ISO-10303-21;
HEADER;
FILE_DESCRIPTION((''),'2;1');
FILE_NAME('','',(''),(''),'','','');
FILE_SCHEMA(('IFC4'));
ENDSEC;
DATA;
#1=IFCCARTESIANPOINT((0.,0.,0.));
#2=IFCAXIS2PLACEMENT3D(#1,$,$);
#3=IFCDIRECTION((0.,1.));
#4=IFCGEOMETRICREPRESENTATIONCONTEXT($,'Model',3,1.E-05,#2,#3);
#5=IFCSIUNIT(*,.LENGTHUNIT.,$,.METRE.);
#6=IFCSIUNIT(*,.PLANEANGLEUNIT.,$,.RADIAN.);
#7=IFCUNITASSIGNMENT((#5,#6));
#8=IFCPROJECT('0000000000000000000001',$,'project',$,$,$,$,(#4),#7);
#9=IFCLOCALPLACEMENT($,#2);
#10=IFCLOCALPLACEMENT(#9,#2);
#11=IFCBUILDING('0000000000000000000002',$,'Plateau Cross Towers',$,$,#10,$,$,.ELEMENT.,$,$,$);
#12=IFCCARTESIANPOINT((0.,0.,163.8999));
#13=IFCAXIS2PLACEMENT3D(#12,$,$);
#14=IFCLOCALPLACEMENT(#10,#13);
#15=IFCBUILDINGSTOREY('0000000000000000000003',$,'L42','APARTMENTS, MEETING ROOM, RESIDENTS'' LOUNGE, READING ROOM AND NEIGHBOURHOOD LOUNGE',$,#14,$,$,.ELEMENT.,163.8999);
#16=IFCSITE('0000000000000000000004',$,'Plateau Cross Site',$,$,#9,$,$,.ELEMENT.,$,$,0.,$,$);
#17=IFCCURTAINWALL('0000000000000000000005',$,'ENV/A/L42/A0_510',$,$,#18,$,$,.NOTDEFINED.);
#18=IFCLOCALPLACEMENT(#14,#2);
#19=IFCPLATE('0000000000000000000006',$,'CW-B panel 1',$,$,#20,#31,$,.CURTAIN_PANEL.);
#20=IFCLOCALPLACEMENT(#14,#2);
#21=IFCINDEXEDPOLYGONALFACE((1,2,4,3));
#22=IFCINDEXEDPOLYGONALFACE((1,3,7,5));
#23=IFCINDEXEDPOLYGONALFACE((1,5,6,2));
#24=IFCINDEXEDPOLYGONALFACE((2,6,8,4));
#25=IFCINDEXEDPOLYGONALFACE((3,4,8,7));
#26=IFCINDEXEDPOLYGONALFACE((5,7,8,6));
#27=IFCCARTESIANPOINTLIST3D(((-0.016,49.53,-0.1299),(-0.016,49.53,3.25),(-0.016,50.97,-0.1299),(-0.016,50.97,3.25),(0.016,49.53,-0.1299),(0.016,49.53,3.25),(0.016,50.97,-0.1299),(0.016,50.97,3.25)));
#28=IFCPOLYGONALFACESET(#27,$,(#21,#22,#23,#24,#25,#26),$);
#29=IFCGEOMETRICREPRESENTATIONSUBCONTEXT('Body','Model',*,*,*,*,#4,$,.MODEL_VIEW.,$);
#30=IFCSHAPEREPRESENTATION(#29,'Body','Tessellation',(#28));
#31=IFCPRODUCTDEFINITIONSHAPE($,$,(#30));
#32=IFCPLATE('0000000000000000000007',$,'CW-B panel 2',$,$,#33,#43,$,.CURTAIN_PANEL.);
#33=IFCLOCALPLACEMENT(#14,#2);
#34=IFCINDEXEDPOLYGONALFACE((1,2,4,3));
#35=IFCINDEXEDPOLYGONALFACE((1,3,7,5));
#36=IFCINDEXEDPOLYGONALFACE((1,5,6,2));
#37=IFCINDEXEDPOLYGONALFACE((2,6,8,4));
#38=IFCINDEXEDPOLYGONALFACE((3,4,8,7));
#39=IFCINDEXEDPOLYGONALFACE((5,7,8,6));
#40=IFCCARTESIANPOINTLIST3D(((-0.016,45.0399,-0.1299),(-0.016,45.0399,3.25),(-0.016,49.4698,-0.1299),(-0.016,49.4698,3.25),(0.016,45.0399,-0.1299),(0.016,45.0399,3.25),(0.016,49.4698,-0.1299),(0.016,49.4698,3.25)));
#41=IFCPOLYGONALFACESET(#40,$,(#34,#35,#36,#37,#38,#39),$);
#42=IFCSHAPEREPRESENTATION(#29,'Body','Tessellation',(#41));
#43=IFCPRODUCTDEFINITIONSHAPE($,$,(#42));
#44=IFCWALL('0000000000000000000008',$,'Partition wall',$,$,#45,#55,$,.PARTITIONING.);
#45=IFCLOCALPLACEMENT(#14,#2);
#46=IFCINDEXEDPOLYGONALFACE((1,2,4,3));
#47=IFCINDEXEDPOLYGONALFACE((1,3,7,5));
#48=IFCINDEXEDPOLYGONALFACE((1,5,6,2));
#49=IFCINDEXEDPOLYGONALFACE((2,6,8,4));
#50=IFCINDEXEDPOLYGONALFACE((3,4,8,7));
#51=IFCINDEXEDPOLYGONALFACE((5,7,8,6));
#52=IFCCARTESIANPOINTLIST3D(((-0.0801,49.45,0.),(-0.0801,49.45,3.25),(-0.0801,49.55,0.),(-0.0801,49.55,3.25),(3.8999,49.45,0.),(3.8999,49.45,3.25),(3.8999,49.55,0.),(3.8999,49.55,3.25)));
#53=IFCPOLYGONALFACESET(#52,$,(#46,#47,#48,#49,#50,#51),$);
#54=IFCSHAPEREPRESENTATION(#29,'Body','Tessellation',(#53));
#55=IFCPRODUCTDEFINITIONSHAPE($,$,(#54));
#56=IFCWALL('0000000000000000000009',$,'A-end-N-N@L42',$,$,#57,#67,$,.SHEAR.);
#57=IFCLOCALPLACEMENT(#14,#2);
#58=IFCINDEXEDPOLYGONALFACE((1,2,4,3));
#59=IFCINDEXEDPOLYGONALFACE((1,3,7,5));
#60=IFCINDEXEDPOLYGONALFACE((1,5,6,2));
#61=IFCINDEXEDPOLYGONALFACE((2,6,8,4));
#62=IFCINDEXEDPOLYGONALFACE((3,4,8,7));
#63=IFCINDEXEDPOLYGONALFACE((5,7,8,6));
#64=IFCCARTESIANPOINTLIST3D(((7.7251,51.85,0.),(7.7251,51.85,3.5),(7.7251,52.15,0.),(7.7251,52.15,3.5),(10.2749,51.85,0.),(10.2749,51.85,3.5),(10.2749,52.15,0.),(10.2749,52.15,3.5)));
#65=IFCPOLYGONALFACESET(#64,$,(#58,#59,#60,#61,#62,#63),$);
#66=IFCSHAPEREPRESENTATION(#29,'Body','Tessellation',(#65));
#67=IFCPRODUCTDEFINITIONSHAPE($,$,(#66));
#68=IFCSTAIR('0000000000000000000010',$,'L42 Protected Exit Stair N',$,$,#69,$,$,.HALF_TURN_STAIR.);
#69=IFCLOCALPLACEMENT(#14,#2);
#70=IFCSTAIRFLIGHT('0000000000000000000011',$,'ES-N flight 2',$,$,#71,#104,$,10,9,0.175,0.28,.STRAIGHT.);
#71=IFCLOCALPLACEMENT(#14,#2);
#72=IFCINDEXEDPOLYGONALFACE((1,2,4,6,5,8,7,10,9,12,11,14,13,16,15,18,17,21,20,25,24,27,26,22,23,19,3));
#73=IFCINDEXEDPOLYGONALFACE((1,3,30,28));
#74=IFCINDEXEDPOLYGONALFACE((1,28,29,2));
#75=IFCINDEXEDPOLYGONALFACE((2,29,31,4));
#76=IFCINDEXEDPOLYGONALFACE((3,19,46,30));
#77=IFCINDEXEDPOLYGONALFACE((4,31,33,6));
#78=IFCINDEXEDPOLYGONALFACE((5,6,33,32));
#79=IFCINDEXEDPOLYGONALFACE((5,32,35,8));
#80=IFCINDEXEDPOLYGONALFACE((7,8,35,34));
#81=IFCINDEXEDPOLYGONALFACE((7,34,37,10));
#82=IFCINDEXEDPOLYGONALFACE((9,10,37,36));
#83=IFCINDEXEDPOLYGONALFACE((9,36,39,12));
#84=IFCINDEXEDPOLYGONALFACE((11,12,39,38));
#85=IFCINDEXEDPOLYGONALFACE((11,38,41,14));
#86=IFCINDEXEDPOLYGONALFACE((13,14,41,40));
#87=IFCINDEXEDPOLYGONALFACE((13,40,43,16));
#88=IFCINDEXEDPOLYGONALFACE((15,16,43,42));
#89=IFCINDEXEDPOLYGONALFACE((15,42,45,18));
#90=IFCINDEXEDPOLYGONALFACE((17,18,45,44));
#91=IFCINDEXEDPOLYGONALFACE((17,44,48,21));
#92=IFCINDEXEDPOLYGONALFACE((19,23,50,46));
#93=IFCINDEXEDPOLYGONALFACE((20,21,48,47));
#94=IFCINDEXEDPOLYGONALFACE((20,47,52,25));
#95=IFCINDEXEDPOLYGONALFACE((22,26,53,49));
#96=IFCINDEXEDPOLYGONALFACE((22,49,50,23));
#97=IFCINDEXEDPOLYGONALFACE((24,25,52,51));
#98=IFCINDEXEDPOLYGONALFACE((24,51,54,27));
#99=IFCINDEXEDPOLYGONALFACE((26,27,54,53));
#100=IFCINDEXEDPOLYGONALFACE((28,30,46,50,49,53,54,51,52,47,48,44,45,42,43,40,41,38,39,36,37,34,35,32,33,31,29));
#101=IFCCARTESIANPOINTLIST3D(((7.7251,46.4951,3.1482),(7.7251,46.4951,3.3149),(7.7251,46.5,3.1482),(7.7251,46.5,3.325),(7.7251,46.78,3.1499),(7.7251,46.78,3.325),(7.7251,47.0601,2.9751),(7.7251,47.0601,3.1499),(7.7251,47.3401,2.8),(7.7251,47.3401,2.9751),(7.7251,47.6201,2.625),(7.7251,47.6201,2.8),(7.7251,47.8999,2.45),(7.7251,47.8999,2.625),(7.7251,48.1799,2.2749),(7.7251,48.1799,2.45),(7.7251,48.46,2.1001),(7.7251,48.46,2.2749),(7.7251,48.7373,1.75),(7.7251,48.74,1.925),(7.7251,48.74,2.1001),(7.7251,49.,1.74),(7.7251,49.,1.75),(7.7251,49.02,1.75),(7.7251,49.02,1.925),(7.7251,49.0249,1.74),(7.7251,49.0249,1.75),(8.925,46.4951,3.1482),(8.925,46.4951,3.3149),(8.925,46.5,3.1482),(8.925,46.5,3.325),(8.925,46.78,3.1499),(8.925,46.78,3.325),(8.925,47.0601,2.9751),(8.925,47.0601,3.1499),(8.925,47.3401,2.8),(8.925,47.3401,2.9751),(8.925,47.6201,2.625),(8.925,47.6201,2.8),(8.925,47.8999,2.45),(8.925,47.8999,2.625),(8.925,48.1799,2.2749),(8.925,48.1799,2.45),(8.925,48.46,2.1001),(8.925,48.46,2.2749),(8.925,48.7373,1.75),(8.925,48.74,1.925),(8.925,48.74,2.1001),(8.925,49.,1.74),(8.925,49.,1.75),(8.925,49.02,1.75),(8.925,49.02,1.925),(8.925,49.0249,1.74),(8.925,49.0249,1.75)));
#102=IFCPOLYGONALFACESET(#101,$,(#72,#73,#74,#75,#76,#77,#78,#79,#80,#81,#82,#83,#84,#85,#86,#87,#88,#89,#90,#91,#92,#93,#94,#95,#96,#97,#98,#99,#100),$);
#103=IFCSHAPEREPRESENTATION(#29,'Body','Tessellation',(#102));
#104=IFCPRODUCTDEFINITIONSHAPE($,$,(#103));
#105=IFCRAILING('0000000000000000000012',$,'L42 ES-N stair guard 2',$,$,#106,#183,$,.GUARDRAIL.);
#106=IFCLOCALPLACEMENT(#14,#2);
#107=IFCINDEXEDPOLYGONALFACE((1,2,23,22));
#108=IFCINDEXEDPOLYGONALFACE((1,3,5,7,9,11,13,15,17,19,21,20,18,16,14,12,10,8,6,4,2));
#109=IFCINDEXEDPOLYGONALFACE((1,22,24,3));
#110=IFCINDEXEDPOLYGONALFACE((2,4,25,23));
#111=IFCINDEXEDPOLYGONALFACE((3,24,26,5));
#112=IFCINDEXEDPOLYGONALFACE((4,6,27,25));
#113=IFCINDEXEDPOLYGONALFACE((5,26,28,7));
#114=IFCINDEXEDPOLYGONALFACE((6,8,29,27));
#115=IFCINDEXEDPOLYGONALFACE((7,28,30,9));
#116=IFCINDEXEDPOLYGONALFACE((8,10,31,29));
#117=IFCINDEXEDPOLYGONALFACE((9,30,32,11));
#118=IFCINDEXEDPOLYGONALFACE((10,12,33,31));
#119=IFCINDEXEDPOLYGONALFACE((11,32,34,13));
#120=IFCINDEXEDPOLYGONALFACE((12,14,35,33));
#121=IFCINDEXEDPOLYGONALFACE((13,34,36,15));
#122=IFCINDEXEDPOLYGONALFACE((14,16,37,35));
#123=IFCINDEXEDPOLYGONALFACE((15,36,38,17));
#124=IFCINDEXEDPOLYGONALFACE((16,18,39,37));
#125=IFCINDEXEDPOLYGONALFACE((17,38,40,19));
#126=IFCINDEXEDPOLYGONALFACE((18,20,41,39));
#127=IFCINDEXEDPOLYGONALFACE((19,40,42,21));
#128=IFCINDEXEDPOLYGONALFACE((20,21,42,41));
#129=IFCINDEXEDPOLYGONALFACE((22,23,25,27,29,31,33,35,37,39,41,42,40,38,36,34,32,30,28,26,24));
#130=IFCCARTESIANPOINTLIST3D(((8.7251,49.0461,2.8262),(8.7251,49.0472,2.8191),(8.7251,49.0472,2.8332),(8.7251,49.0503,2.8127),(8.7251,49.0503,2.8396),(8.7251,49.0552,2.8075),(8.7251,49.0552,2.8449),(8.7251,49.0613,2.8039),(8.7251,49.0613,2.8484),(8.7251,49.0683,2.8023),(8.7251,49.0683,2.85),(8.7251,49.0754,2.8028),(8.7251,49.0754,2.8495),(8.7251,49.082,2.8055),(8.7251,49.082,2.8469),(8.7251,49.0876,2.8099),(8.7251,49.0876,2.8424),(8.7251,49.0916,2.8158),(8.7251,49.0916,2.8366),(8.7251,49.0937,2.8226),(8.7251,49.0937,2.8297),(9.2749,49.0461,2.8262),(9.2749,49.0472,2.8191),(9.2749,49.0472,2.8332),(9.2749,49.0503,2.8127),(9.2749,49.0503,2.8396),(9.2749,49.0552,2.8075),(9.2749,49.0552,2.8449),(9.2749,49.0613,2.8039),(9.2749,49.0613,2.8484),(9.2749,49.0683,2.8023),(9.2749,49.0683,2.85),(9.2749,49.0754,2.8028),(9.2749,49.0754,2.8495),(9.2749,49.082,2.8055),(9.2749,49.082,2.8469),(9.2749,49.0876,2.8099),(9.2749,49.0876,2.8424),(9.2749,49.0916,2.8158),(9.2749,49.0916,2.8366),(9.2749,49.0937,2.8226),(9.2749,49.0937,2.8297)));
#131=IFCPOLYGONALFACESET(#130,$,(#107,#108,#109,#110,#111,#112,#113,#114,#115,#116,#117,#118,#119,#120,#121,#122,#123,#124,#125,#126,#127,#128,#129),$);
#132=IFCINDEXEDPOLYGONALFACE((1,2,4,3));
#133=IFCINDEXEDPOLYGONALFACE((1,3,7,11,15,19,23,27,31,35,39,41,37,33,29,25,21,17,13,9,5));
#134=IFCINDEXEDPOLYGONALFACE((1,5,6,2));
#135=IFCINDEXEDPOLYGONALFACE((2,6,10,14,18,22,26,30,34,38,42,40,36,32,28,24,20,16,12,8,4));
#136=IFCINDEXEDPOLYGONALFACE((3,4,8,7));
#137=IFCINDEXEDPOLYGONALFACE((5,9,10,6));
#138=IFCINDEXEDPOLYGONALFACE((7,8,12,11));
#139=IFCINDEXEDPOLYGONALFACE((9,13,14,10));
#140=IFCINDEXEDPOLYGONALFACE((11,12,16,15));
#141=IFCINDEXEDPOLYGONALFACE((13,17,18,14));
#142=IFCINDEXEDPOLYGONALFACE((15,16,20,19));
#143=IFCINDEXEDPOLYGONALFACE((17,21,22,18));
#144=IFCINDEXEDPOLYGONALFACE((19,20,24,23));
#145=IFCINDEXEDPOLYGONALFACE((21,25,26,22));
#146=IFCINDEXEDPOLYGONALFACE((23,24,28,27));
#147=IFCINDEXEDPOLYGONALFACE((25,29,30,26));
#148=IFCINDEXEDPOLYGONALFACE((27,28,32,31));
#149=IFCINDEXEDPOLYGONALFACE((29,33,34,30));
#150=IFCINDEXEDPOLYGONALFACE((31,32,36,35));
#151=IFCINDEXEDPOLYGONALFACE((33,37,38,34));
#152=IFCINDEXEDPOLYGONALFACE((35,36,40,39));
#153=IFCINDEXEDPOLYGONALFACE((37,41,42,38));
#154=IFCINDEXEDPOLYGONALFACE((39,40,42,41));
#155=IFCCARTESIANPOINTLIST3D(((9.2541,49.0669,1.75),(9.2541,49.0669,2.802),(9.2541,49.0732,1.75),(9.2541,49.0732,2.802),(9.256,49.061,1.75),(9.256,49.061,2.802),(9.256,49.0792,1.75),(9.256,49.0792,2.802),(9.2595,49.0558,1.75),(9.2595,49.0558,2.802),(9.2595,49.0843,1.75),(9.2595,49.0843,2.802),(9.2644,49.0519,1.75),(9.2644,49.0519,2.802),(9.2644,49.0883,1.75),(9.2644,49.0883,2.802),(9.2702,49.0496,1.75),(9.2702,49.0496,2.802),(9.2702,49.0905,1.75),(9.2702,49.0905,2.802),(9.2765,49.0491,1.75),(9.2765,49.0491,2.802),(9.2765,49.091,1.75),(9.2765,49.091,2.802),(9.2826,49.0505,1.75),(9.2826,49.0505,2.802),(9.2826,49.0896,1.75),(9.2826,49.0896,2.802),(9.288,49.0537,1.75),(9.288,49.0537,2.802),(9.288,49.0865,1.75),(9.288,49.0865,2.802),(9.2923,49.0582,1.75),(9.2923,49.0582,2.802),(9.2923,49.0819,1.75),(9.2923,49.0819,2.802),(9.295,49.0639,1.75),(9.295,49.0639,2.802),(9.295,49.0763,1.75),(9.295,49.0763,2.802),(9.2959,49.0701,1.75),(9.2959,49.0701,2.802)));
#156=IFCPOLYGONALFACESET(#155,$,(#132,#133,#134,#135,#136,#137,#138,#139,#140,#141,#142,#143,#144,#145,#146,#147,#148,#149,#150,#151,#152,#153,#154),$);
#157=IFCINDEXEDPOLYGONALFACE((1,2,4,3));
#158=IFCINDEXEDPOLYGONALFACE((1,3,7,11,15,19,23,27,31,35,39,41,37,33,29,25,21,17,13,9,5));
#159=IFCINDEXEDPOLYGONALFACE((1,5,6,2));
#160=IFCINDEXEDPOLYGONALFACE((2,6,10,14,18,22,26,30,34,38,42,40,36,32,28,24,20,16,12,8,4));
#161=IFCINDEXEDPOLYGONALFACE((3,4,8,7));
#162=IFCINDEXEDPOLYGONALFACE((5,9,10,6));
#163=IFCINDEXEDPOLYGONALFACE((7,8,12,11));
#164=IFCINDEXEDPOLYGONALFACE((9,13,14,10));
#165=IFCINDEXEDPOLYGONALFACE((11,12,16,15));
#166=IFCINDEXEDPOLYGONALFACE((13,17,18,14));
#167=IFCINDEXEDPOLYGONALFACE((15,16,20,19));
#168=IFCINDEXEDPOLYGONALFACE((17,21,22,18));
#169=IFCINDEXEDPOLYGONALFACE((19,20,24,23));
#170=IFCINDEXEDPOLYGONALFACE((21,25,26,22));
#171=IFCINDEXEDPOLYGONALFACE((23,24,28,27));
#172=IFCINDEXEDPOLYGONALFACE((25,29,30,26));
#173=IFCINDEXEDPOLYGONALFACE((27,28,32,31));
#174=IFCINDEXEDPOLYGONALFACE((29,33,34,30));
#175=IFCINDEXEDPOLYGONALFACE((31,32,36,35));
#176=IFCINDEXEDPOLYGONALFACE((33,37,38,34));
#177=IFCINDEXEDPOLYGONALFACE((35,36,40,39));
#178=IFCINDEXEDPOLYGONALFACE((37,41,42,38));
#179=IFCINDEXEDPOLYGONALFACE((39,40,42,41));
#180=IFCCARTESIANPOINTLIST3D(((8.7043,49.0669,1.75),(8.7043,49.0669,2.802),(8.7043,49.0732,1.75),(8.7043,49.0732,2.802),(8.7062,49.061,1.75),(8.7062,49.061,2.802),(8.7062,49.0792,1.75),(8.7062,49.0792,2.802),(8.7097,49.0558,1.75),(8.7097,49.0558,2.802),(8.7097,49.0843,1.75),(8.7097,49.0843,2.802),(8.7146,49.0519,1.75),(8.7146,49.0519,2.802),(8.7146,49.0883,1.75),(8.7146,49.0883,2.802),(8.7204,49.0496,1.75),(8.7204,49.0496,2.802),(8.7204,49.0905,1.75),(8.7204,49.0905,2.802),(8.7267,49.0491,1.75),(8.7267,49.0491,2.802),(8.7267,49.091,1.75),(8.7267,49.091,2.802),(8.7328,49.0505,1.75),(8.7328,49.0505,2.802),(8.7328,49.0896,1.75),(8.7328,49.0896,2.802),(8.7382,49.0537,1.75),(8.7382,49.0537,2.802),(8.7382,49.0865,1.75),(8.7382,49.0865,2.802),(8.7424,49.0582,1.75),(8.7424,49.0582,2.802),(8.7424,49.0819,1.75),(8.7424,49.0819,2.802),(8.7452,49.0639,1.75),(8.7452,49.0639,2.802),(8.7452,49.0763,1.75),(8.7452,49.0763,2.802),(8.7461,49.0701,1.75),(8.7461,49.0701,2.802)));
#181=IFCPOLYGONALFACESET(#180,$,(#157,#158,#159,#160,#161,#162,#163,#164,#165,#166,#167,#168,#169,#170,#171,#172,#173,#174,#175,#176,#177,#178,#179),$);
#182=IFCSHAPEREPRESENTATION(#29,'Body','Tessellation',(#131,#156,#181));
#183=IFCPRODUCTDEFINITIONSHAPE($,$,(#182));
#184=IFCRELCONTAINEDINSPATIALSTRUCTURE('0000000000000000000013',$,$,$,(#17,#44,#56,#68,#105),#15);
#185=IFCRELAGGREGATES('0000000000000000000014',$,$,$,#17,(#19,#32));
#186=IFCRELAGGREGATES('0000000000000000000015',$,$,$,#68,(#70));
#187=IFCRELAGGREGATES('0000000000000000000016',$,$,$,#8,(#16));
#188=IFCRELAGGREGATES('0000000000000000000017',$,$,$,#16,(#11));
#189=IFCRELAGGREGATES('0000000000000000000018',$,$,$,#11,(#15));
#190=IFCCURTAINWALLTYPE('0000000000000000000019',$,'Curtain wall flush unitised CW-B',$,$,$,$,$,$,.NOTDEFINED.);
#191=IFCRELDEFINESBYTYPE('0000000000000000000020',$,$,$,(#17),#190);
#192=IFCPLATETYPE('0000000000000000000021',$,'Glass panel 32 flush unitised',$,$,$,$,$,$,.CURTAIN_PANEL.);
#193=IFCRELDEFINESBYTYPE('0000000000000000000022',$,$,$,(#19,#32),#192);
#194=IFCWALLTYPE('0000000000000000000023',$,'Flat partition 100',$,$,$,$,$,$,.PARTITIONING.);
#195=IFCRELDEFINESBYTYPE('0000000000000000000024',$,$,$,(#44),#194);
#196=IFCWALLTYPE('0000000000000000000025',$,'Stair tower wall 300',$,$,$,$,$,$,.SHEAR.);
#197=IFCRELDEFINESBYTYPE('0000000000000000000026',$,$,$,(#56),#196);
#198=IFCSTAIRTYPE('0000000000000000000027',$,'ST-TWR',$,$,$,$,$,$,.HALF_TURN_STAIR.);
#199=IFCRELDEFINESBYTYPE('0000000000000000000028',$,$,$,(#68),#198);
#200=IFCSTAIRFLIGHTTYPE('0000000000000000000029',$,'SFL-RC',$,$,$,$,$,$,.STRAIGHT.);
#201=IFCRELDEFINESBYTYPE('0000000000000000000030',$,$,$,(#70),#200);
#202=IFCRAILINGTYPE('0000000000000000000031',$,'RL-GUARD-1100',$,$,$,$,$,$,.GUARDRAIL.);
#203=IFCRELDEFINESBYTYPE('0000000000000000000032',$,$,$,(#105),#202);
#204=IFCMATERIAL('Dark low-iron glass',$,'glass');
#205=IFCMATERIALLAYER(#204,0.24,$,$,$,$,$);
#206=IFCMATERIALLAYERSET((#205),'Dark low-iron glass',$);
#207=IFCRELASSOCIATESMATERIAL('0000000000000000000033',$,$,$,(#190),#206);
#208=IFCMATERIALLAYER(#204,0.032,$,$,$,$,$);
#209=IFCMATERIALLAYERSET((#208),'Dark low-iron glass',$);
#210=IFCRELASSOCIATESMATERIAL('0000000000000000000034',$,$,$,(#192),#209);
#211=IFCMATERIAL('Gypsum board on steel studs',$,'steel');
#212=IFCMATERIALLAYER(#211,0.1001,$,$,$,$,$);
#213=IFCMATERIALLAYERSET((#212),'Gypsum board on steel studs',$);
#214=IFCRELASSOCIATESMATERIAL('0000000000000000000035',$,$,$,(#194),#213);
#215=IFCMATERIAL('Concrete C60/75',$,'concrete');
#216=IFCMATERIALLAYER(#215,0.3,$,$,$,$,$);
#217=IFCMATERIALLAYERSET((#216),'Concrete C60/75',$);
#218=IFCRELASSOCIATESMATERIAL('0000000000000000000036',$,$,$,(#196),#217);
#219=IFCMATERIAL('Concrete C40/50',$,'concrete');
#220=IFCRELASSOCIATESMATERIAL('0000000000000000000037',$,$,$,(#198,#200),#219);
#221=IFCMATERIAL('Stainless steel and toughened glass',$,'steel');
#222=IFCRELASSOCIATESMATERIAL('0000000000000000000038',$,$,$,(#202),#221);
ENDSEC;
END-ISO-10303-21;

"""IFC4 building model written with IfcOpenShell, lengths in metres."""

from ifc_helpers import new_model, si_unit, direction, frame, frame_2d, origin, origin_2d, place, context, subcontext, project, spatial, polyline, rectangle, circle, outline, extrude, material, layer, layer_set, type_object, element, aggregate, save


model = new_model("IFC4")

# Units and contexts
model_context = context("Model", 3, precision=1e-05, world=origin(), true_north=direction((0.0, 1.0)))
body_context = subcontext(model_context, "Body", "Model", "MODEL_VIEW")
ifc_project = project(units=[si_unit("LENGTHUNIT", "METRE"), si_unit("PLANEANGLEUNIT", "RADIAN")], contexts=[model_context])

# Site, building, storey
site_placement = place(None, origin())
site = spatial("IfcSite", under=ifc_project, at=site_placement, Name="Plateau Cross Site", CompositionType="ELEMENT", RefElevation=0.0)
building_placement = place(site_placement, origin())
building = spatial("IfcBuilding", under=site, at=building_placement, Name="Plateau Cross Towers", CompositionType="ELEMENT")
storey_placement = place(building_placement, frame((0.0, 0.0, 163.8999)))
storey = spatial("IfcBuildingStorey", under=building, at=storey_placement, Name="L42", Description="APARTMENTS, MEETING ROOM, RESIDENTS' LOUNGE, READING ROOM AND NEIGHBOURHOOD LOUNGE", CompositionType="ELEMENT", Elevation=163.8999)

# Shared definitions
ifc_material_1 = material(Name="Concrete C60/75", Category="concrete")

# Shared definitions
ifc_material_2 = material(Name="Dark low-iron glass", Category="glass")
ifc_layer_1 = layer(ifc_material_2, 0.24)
ifc_layer_set_1 = layer_set([ifc_layer_1], Name="Dark low-iron glass")
curtain_wall_type = type_object("IfcCurtainWallType", Name="Curtain wall flush unitised CW-B", PredefinedType="NOTDEFINED", material=ifc_layer_set_1)

# Curtain wall
curtain_wall_1_placement = place(storey_placement, origin())
curtain_wall_1 = element("IfcCurtainWall", 1, at=curtain_wall_1_placement, inside=storey, type_object=curtain_wall_type, Name="ENV/A/L42/A0_510", PredefinedType="NOTDEFINED")

# Plates
ifc_layer_2 = layer(ifc_material_2, 0.032)
ifc_layer_set_2 = layer_set([ifc_layer_2], Name="Dark low-iron glass")
plate_type = type_object("IfcPlateType", Name="Glass panel 32 flush unitised", PredefinedType="CURTAIN_PANEL", material=ifc_layer_set_2)
plate_1_placement = place(storey_placement, frame((0.0, 50.25, -0.1299), z_axis=(0.0, 0.0, 1.0), x_axis=(0.0, -1.0, 0.0)))
plate_1 = element("IfcPlate", 2, at=plate_1_placement, type_object=plate_type, Name="CW-B panel 1", PredefinedType="CURTAIN_PANEL", context=body_context, shape_type="SweptSolid", body=[
    extrude(rectangle(XDim=1.4399, YDim=0.032, at=origin_2d()), origin(), (0.0, 0.0, 1.0), 3.3799),
])
plate_2_placement = place(storey_placement, frame((0.0, 47.2549, -0.1299), z_axis=(0.0, 0.0, 1.0), x_axis=(0.0, -1.0, 0.0)))
plate_2 = element("IfcPlate", 3, at=plate_2_placement, type_object=plate_type, Name="CW-B panel 2", PredefinedType="CURTAIN_PANEL", context=body_context, shape_type="SweptSolid", body=[
    extrude(rectangle(XDim=4.4299, YDim=0.032, at=origin_2d()), origin(), (0.0, 0.0, 1.0), 3.3799),
])
aggregate(curtain_wall_1, [plate_1, plate_2])

# Walls
ifc_material_3 = material(Name="Gypsum board on steel studs", Category="steel")
ifc_layer_3 = layer(ifc_material_3, 0.1001)
ifc_layer_set_3 = layer_set([ifc_layer_3], Name="Gypsum board on steel studs")
wall_type_1 = type_object("IfcWallType", Name="Flat partition 100", PredefinedType="PARTITIONING", material=ifc_layer_set_3)
wall_1_placement = place(storey_placement, frame((3.8999, 49.5, 0.0), z_axis=(0.0, 0.0, 1.0), x_axis=(-1.0, 0.0, 0.0)))
element("IfcWall", 4, at=wall_1_placement, inside=storey, type_object=wall_type_1, Name="Partition wall", PredefinedType="PARTITIONING", context=body_context, shape_type="SweptSolid", body=[
    extrude(rectangle(XDim=3.98, YDim=0.1001, at=frame_2d((1.99, 0.0))), origin(), (0.0, 0.0, 1.0), 3.25),
])
ifc_layer_4 = layer(ifc_material_1, 0.3)
ifc_layer_set_4 = layer_set([ifc_layer_4], Name="Concrete C60/75")
wall_type_2 = type_object("IfcWallType", Name="Stair tower wall 300", PredefinedType="SHEAR", material=ifc_layer_set_4)
wall_2_placement = place(storey_placement, frame((7.7251, 52.0, 0.0), z_axis=(0.0, 0.0, 1.0), x_axis=(1.0, 0.0, 0.0)))
element("IfcWall", 5, at=wall_2_placement, inside=storey, type_object=wall_type_2, Name="A-end-N-N@L42", PredefinedType="SHEAR", context=body_context, shape_type="SweptSolid", body=[
    extrude(rectangle(XDim=2.5498, YDim=0.3, at=frame_2d((1.2749, 0.0))), origin(), (0.0, 0.0, 1.0), 3.5),
])

# Stair, stair flight
ifc_material_4 = material(Name="Concrete C40/50", Category="concrete")
stair_type = type_object("IfcStairType", Name="ST-TWR", PredefinedType="HALF_TURN_STAIR", material=ifc_material_4)
stair_placement = place(storey_placement, origin())
stair = element("IfcStair", 6, at=stair_placement, inside=storey, type_object=stair_type, Name="L42 Protected Exit Stair N", PredefinedType="HALF_TURN_STAIR")
stair_flight_type = type_object("IfcStairFlightType", Name="SFL-RC", PredefinedType="STRAIGHT", material=ifc_material_4)
stair_flight_placement = place(storey_placement, frame((8.325, 49.02, 1.75), z_axis=(0.0, 0.0, 1.0), x_axis=(0.0, -1.0, 0.0)))
stair_flight = element("IfcStairFlight", 7, at=stair_flight_placement, type_object=stair_flight_type, Name="ES-N flight 2", NumberOfRisers=10, NumberOfTreads=9, PredefinedType="STRAIGHT", RiserHeight=0.175, TreadLength=0.28, context=body_context, shape_type="SweptSolid", body=[
    extrude(outline(polyline([(-0.0049, -0.01), (-0.0049, 0.0), (0.0, 0.0), (0.0, 0.175), (0.28, 0.175), (0.28, 0.3501), (0.5601, 0.3501), (0.5601, 0.5249), (0.8401, 0.5249), (0.8401, 0.7), (1.1201, 0.7), (1.1201, 0.875), (1.3999, 0.875), (1.3999, 1.05), (1.6799, 1.05), (1.6799, 1.2251), (1.96, 1.2251), (1.96, 1.3999), (2.24, 1.3999), (2.24, 1.575), (2.52, 1.575), (2.5249, 1.5649), (2.5249, 1.3982), (2.52, 1.3982), (0.2827, 0.0), (0.02, 0.0), (0.02, -0.01), (-0.0049, -0.01)])), frame((0.0, 0.6001, 0.0), z_axis=(0.0, -1.0, 0.0), x_axis=(1.0, 0.0, 0.0)), (0.0, 0.0, 1.0), 1.2),
])
aggregate(stair, [stair_flight])

# Railing
ifc_material_5 = material(Name="Stainless steel and toughened glass", Category="steel")
railing_type_1 = type_object("IfcRailingType", Name="RL-GUARD-1100", PredefinedType="GUARDRAIL", material=ifc_material_5)
railing_1_placement = place(storey_placement, frame((9.2749, 49.0701, 1.75)))
element("IfcRailing", 8, at=railing_1_placement, inside=storey, type_object=railing_type_1, Name="L42 ES-N stair guard 2", PredefinedType="GUARDRAIL", context=body_context, shape_type="SweptSolid", body=[
    extrude(circle(Radius=0.0239, at=origin_2d()), frame((0.0, 0.0, 1.0762), z_axis=(-1.0, 0.0, 0.0), x_axis=(0.0, -1.0, 0.0)), (0.0, 0.0, 1.0), 0.5498),
    extrude(circle(Radius=0.021, at=origin_2d()), origin(), (0.0, 0.0, 1.0), 1.052),
    extrude(circle(Radius=0.021, at=origin_2d()), frame((-0.5498, 0.0, 0.0)), (0.0, 0.0, 1.0), 1.052),
])

save(model, "model.ifc")
